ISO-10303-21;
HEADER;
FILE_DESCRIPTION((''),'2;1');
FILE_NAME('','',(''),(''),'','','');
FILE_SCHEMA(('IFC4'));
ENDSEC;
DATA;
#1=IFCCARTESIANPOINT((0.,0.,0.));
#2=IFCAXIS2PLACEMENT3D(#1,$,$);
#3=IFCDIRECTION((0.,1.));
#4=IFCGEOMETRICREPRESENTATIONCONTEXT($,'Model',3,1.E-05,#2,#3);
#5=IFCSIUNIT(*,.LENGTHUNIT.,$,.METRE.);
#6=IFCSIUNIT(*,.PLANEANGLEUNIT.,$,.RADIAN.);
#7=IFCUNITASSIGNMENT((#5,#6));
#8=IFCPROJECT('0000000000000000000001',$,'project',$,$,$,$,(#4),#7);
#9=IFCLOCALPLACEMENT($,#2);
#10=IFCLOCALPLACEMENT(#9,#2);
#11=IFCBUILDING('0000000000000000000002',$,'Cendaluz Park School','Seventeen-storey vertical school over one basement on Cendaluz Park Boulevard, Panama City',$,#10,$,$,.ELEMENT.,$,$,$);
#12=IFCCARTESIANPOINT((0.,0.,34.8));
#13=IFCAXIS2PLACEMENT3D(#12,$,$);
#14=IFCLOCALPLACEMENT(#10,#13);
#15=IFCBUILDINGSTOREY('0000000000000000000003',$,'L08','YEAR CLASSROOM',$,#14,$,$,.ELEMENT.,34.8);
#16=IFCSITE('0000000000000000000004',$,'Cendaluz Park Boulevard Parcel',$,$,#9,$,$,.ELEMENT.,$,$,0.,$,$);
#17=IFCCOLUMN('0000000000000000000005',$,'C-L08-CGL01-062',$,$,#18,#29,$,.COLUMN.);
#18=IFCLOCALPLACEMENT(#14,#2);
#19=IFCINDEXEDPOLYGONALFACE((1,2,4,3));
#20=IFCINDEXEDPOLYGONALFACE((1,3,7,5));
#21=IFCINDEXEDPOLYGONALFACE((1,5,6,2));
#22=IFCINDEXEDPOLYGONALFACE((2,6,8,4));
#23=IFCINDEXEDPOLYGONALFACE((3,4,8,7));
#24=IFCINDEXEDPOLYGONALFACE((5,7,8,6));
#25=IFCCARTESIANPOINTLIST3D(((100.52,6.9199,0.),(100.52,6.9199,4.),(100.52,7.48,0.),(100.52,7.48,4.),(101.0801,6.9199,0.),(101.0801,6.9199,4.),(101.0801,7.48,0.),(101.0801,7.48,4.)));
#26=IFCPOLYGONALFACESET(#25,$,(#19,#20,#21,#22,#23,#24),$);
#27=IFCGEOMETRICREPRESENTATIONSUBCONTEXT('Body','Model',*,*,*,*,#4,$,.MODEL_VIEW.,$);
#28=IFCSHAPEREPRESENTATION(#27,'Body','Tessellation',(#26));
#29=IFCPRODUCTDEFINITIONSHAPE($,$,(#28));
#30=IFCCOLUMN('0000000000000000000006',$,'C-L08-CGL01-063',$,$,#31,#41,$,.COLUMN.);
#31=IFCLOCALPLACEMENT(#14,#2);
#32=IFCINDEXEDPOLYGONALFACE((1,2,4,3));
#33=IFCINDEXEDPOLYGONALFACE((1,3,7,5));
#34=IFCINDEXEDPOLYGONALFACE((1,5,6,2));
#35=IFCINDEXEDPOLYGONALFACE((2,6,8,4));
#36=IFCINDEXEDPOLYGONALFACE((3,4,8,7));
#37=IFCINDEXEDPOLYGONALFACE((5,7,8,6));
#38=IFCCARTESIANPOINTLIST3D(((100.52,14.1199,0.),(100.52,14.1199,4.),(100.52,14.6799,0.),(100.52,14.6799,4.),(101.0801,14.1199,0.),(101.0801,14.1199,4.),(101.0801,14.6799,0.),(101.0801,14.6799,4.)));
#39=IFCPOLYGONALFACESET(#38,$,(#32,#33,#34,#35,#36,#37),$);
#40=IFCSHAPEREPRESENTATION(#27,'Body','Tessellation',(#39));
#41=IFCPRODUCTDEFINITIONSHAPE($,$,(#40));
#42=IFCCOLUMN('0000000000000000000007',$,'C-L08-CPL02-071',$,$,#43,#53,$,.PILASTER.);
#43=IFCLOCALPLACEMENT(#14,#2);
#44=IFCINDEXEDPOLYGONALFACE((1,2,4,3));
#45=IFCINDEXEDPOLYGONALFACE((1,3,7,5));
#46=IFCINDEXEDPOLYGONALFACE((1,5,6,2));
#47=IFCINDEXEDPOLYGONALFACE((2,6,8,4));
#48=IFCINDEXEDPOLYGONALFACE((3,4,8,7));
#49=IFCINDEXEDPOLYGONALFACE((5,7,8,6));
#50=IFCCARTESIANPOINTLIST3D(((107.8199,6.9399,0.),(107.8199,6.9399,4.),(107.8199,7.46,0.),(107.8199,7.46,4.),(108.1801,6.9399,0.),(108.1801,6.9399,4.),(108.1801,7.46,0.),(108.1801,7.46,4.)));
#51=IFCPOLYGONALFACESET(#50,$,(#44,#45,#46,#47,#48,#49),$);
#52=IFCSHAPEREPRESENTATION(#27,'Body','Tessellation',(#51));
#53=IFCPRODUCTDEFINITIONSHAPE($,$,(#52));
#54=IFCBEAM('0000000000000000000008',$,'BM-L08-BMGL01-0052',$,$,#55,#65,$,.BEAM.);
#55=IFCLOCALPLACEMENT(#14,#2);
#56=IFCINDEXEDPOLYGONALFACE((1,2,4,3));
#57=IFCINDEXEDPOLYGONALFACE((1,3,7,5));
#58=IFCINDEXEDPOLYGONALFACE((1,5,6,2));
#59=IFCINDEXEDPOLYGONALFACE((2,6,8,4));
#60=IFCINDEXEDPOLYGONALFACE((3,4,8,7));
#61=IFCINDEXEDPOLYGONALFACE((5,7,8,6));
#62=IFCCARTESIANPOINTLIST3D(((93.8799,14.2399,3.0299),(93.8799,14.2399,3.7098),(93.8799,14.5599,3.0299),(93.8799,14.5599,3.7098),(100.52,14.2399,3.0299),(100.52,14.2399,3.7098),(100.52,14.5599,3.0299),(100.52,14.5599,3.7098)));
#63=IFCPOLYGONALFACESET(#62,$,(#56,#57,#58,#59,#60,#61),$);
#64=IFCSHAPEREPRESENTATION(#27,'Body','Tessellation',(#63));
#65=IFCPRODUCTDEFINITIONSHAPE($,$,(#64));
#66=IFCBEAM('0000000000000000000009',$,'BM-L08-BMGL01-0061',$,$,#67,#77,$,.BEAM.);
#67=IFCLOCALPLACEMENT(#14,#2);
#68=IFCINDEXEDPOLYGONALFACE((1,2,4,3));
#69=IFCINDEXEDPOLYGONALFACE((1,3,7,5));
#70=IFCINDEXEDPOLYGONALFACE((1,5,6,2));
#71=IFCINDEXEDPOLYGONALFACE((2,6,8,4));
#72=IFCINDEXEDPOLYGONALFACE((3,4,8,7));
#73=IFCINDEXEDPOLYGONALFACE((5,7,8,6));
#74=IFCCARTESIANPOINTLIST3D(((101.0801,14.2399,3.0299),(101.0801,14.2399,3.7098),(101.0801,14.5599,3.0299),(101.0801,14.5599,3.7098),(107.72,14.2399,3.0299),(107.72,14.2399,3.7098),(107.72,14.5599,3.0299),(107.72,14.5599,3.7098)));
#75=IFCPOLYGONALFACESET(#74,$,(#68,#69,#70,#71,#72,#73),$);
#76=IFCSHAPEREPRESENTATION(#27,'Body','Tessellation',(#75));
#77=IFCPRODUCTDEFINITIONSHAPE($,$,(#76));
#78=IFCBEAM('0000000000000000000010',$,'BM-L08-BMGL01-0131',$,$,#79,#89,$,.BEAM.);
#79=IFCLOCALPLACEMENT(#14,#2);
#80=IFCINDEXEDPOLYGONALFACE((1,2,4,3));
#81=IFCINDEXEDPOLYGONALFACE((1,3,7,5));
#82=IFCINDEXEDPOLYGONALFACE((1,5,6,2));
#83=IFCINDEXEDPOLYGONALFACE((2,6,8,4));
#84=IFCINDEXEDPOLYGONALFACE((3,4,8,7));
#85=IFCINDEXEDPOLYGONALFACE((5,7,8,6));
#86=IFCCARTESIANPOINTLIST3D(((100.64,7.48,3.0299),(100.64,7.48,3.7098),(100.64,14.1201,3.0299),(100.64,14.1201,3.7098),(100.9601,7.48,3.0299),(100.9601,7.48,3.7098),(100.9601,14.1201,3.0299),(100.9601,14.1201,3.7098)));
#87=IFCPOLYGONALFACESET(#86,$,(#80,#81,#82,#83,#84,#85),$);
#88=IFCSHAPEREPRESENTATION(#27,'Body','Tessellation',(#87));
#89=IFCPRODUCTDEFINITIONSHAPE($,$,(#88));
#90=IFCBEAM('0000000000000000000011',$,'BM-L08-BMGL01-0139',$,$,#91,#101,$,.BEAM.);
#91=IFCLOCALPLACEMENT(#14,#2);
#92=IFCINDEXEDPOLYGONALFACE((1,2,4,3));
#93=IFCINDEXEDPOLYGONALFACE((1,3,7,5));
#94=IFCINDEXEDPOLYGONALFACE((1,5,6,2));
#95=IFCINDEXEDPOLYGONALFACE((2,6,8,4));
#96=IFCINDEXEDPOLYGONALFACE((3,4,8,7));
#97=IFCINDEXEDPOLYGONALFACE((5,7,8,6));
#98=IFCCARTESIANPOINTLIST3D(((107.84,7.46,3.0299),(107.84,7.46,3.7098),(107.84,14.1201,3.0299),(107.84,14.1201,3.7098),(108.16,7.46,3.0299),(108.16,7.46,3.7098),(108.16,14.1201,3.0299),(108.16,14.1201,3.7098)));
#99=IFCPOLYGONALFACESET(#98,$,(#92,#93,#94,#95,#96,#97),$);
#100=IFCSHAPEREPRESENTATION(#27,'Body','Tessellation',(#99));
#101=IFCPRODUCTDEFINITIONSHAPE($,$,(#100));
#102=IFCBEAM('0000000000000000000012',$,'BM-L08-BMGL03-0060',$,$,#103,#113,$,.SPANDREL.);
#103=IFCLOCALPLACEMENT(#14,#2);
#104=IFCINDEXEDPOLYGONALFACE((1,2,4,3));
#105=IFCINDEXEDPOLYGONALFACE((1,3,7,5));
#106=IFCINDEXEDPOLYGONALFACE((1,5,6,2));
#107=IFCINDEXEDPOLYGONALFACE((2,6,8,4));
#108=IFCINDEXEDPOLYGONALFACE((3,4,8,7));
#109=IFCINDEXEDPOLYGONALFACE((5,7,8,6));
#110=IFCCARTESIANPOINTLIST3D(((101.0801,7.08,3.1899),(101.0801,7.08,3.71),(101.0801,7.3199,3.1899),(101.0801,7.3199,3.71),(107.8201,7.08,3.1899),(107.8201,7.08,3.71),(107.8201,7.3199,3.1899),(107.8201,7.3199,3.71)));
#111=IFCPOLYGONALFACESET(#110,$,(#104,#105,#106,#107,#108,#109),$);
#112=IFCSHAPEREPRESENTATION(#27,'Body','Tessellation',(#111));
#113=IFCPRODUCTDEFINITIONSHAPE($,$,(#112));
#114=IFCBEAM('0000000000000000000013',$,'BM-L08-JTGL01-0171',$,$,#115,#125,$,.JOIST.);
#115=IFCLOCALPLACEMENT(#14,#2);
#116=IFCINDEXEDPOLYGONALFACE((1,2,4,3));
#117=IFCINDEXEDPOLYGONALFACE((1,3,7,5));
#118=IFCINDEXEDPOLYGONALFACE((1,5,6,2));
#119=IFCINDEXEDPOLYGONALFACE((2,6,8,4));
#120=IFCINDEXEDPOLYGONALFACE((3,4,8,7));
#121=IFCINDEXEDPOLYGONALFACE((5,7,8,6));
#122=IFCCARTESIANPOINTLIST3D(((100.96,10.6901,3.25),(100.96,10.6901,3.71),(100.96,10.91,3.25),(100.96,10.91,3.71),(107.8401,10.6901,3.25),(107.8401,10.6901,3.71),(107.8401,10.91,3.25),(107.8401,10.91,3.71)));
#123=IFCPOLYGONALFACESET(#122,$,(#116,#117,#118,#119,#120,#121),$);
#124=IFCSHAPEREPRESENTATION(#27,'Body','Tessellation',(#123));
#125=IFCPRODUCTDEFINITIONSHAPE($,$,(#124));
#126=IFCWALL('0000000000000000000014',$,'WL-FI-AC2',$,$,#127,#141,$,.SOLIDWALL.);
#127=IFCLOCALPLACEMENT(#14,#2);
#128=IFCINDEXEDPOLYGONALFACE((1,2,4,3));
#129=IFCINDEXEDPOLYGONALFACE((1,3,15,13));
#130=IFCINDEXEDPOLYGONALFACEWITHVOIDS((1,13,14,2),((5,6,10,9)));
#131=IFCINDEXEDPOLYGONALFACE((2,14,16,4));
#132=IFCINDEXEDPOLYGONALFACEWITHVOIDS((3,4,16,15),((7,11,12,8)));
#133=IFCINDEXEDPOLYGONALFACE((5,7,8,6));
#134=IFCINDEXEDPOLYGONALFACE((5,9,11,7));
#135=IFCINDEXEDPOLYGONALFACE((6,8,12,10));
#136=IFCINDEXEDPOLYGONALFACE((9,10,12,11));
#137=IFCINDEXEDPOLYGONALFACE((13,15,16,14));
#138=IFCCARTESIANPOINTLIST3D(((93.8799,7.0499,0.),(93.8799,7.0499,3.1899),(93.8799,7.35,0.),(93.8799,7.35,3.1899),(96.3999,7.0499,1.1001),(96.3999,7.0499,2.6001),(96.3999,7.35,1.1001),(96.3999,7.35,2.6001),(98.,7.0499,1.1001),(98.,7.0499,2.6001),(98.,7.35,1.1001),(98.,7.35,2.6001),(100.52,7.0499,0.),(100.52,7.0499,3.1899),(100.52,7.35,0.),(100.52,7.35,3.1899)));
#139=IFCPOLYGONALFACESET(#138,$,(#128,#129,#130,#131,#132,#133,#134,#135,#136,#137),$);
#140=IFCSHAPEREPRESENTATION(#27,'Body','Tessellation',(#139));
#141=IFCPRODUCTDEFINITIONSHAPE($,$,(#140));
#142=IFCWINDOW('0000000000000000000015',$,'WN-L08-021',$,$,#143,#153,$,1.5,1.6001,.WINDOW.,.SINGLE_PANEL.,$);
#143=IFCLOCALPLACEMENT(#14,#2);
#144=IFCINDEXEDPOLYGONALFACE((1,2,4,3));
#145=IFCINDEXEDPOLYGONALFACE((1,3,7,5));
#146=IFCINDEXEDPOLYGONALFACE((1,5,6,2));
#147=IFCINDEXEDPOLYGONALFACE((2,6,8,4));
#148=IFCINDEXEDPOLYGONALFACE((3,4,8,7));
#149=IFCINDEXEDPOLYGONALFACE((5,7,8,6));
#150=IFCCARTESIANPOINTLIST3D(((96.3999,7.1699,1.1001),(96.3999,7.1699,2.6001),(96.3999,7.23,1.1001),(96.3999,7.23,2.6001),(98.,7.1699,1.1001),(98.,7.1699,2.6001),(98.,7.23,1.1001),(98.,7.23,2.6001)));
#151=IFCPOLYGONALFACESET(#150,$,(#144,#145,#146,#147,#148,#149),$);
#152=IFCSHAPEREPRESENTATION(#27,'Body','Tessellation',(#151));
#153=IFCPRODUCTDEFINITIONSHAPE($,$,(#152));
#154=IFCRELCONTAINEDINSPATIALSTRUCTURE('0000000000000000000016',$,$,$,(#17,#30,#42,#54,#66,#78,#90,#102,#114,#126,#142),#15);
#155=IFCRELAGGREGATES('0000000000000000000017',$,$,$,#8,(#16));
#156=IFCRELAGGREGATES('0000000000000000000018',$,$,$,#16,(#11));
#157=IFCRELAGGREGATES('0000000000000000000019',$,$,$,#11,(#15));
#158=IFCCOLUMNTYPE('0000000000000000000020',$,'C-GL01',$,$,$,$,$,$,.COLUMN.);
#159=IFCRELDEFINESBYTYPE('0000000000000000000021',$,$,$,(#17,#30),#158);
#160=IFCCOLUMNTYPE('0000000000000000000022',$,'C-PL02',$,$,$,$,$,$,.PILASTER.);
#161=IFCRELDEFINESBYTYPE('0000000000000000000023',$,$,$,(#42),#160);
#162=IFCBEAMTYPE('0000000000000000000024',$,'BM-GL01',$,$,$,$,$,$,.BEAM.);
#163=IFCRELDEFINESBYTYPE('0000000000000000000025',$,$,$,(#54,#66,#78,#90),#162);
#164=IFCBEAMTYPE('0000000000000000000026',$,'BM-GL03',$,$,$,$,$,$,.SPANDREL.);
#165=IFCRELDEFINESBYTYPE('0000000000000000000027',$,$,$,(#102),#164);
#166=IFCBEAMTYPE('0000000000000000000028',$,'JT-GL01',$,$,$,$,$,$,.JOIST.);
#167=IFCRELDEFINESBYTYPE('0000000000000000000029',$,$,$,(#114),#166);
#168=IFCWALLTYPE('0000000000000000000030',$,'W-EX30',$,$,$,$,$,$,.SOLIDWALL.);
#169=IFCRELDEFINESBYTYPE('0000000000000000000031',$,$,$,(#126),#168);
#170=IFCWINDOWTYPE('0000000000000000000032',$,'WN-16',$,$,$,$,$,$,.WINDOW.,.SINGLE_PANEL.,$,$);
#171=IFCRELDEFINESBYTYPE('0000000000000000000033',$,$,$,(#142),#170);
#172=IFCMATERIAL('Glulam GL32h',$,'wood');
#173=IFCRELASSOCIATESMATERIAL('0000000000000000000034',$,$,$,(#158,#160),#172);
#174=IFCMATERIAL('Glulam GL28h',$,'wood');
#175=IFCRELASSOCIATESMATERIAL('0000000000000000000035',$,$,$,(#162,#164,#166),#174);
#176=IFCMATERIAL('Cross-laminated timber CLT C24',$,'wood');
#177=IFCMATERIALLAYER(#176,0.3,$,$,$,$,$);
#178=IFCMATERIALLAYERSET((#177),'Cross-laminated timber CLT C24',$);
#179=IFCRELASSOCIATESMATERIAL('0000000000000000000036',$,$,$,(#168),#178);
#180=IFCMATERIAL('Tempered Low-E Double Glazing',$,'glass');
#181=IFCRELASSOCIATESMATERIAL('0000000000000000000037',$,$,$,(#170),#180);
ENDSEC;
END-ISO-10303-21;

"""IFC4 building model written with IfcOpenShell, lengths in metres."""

from ifc_helpers import new_model, si_unit, direction, frame, frame_2d, origin, origin_2d, place, context, subcontext, project, spatial, rectangle, extrude, material, layer, layer_set, material_profile, profile_set, type_object, element, fill, save


model = new_model("IFC4")

# Units and contexts
model_context = context("Model", 3, precision=1e-05, world=origin(), true_north=direction((0.0, 1.0)))
body_context = subcontext(model_context, "Body", "Model", "MODEL_VIEW")
ifc_project = project(units=[si_unit("LENGTHUNIT", "METRE"), si_unit("PLANEANGLEUNIT", "RADIAN")], contexts=[model_context])

# Site, building, storey
site_placement = place(None, origin())
site = spatial("IfcSite", under=ifc_project, at=site_placement, Name="Cendaluz Park Boulevard Parcel", CompositionType="ELEMENT", RefElevation=0.0)
building_placement = place(site_placement, origin())
building = spatial("IfcBuilding", under=site, at=building_placement, Name="Cendaluz Park School", Description="Seventeen-storey vertical school over one basement on Cendaluz Park Boulevard, Panama City", CompositionType="ELEMENT")
storey_placement = place(building_placement, frame((0.0, 0.0, 34.8)))
storey = spatial("IfcBuildingStorey", under=building, at=storey_placement, Name="L08", Description="YEAR CLASSROOM", CompositionType="ELEMENT", Elevation=34.8)

# Columns
ifc_material_1 = material(Name="Glulam GL32h", Category="wood")
ifc_material_profile_1 = material_profile(ifc_material_1, rectangle(XDim=0.5601, YDim=0.5601, at=origin_2d()), Name="GL32h 560x560", Category="wood")
ifc_profile_set_1 = profile_set([ifc_material_profile_1], Name="Glulam GL32h")
column_type_1 = type_object("IfcColumnType", Name="C-GL01", PredefinedType="COLUMN", material=ifc_profile_set_1)
for number, where, z_axis, x_axis, name in (
    (1, (100.8, 7.2, 0.0), (0.0, 0.0, 1.0), (1.0, 0.0, 0.0), "C-L08-CGL01-062"),
    (2, (100.8, 14.3999, 0.0), (0.0, 0.0, 1.0), (1.0, 0.0, 0.0), "C-L08-CGL01-063"),
):
    element("IfcColumn", number, at=place(storey_placement, frame(where, z_axis=z_axis, x_axis=x_axis)), inside=storey, type_object=column_type_1, Name=name, PredefinedType="COLUMN", context=body_context, shape_type="SweptSolid", body=[
        extrude(rectangle(XDim=0.5601, YDim=0.5601, at=origin_2d()), origin(), (0.0, 0.0, 1.0), 4.0),
    ])
ifc_material_profile_2 = material_profile(ifc_material_1, rectangle(XDim=0.3601, YDim=0.52, at=origin_2d()), Name="GL32h 360x520", Category="wood")
ifc_profile_set_2 = profile_set([ifc_material_profile_2], Name="Glulam GL32h")
column_type_2 = type_object("IfcColumnType", Name="C-PL02", PredefinedType="PILASTER", material=ifc_profile_set_2)
column_placement = place(storey_placement, frame((108.0, 7.2, 0.0), z_axis=(0.0, 0.0, 1.0), x_axis=(1.0, 0.0, 0.0)))
element("IfcColumn", 3, at=column_placement, inside=storey, type_object=column_type_2, Name="C-L08-CPL02-071", PredefinedType="PILASTER", context=body_context, shape_type="SweptSolid", body=[
    extrude(rectangle(XDim=0.3601, YDim=0.52, at=origin_2d()), origin(), (0.0, 0.0, 1.0), 4.0),
])

# Beams
ifc_material_2 = material(Name="Glulam GL28h", Category="wood")
ifc_material_profile_3 = material_profile(ifc_material_2, rectangle(XDim=0.3201, YDim=0.6799, at=origin_2d()), Name="GL28h 320x680", Category="wood")
ifc_profile_set_3 = profile_set([ifc_material_profile_3], Name="Glulam GL28h")
beam_type_1 = type_object("IfcBeamType", Name="BM-GL01", PredefinedType="BEAM", material=ifc_profile_set_3)
beam_1_placement = place(storey_placement, frame((93.8799, 14.3999, 3.3699), z_axis=(1.0, 0.0, 0.0), x_axis=(0.0, 1.0, 0.0)))
element("IfcBeam", 4, at=beam_1_placement, inside=storey, type_object=beam_type_1, Name="BM-L08-BMGL01-0052", PredefinedType="BEAM", context=body_context, shape_type="SweptSolid", body=[
    extrude(rectangle(XDim=0.3201, YDim=0.6799, at=origin_2d()), origin(), (0.0, 0.0, 1.0), 6.6401),
])
beam_2_placement = place(storey_placement, frame((101.0801, 14.3999, 3.3699), z_axis=(1.0, 0.0, 0.0), x_axis=(0.0, 1.0, 0.0)))
element("IfcBeam", 5, at=beam_2_placement, inside=storey, type_object=beam_type_1, Name="BM-L08-BMGL01-0061", PredefinedType="BEAM", context=body_context, shape_type="SweptSolid", body=[
    extrude(rectangle(XDim=0.3201, YDim=0.6799, at=origin_2d()), origin(), (0.0, 0.0, 1.0), 6.6399),
])
beam_3_placement = place(storey_placement, frame((100.8, 7.48, 3.3699), z_axis=(0.0, 1.0, 0.0), x_axis=(-1.0, 0.0, 0.0)))
element("IfcBeam", 6, at=beam_3_placement, inside=storey, type_object=beam_type_1, Name="BM-L08-BMGL01-0131", PredefinedType="BEAM", context=body_context, shape_type="SweptSolid", body=[
    extrude(rectangle(XDim=0.3201, YDim=0.6799, at=origin_2d()), origin(), (0.0, 0.0, 1.0), 6.6401),
])
beam_4_placement = place(storey_placement, frame((108.0, 7.46, 3.3699), z_axis=(0.0, 1.0, 0.0), x_axis=(-1.0, 0.0, 0.0)))
element("IfcBeam", 7, at=beam_4_placement, inside=storey, type_object=beam_type_1, Name="BM-L08-BMGL01-0139", PredefinedType="BEAM", context=body_context, shape_type="SweptSolid", body=[
    extrude(rectangle(XDim=0.3201, YDim=0.6799, at=origin_2d()), origin(), (0.0, 0.0, 1.0), 6.6602),
])
ifc_material_profile_4 = material_profile(ifc_material_2, rectangle(XDim=0.24, YDim=0.52, at=origin_2d()), Name="GL28h 240x520", Category="wood")
ifc_profile_set_4 = profile_set([ifc_material_profile_4], Name="Glulam GL28h")
beam_type_2 = type_object("IfcBeamType", Name="BM-GL03", PredefinedType="SPANDREL", material=ifc_profile_set_4)
beam_5_placement = place(storey_placement, frame((101.0801, 7.2, 3.45), z_axis=(1.0, 0.0, 0.0), x_axis=(0.0, 1.0, 0.0)))
element("IfcBeam", 8, at=beam_5_placement, inside=storey, type_object=beam_type_2, Name="BM-L08-BMGL03-0060", PredefinedType="SPANDREL", context=body_context, shape_type="SweptSolid", body=[
    extrude(rectangle(XDim=0.24, YDim=0.52, at=origin_2d()), origin(), (0.0, 0.0, 1.0), 6.74),
])
ifc_material_profile_5 = material_profile(ifc_material_2, rectangle(XDim=0.22, YDim=0.46, at=origin_2d()), Name="GL28h 220x460", Category="wood")
ifc_profile_set_5 = profile_set([ifc_material_profile_5], Name="Glulam GL28h")
beam_type_3 = type_object("IfcBeamType", Name="JT-GL01", PredefinedType="JOIST", material=ifc_profile_set_5)
beam_6_placement = place(storey_placement, frame((100.96, 10.8, 3.48), z_axis=(1.0, 0.0, 0.0), x_axis=(0.0, 1.0, 0.0)))
element("IfcBeam", 9, at=beam_6_placement, inside=storey, type_object=beam_type_3, Name="BM-L08-JTGL01-0171", PredefinedType="JOIST", context=body_context, shape_type="SweptSolid", body=[
    extrude(rectangle(XDim=0.22, YDim=0.46, at=origin_2d()), origin(), (0.0, 0.0, 1.0), 6.8801),
])

# Wall, opening, window
ifc_material_3 = material(Name="Cross-laminated timber CLT C24", Category="wood")
ifc_layer_1 = layer(ifc_material_3, 0.3)
ifc_layer_set_1 = layer_set([ifc_layer_1], Name="Cross-laminated timber CLT C24")
wall_type_1 = type_object("IfcWallType", Name="W-EX30", PredefinedType="SOLIDWALL", material=ifc_layer_set_1)
wall_1_placement = place(storey_placement, frame((93.8799, 7.2, 0.0), z_axis=(0.0, 0.0, 1.0), x_axis=(1.0, 0.0, 0.0)))
wall_1 = element("IfcWall", 10, at=wall_1_placement, inside=storey, type_object=wall_type_1, Name="WL-FI-AC2", PredefinedType="SOLIDWALL", context=body_context, shape_type="SweptSolid", body=[
    extrude(rectangle(XDim=6.6401, YDim=0.3, at=frame_2d((3.3201, 0.0))), origin(), (0.0, 0.0, 1.0), 3.1899),
])
opening_1_placement = place(wall_1_placement, frame((2.52, 0.0, 1.1001)))
opening_1 = element("IfcOpeningElement", 11, at=opening_1_placement, cuts=wall_1, PredefinedType="OPENING", context=body_context, shape_type="SweptSolid", body=[
    extrude(rectangle(XDim=1.6001, YDim=1.5, at=frame_2d((0.8, 0.75))), frame((0.0, 0.1621, 0.0), z_axis=(0.0, -1.0, 0.0), x_axis=(1.0, 0.0, 0.0)), (0.0, 0.0, 1.0), 0.324),
])
ifc_material_4 = material(Name="Tempered Low-E Double Glazing", Category="glass")
window_type_1 = type_object("IfcWindowType", Name="WN-16", PartitioningType="SINGLE_PANEL", PredefinedType="WINDOW", material=ifc_material_4)
window_1_placement = place(opening_1_placement, origin())
window_1 = element("IfcWindow", 12, at=window_1_placement, inside=storey, type_object=window_type_1, Name="WN-L08-021", OverallHeight=1.5, OverallWidth=1.6001, PartitioningType="SINGLE_PANEL", PredefinedType="WINDOW", context=body_context, shape_type="SweptSolid", body=[
    extrude(rectangle(XDim=1.6001, YDim=1.5, at=frame_2d((0.8, 0.75))), frame((0.0, 0.03, 0.0), z_axis=(0.0, -1.0, 0.0), x_axis=(1.0, 0.0, 0.0)), (0.0, 0.0, 1.0), 0.0601),
])
fill(opening_1, window_1)

save(model, "model.ifc")
